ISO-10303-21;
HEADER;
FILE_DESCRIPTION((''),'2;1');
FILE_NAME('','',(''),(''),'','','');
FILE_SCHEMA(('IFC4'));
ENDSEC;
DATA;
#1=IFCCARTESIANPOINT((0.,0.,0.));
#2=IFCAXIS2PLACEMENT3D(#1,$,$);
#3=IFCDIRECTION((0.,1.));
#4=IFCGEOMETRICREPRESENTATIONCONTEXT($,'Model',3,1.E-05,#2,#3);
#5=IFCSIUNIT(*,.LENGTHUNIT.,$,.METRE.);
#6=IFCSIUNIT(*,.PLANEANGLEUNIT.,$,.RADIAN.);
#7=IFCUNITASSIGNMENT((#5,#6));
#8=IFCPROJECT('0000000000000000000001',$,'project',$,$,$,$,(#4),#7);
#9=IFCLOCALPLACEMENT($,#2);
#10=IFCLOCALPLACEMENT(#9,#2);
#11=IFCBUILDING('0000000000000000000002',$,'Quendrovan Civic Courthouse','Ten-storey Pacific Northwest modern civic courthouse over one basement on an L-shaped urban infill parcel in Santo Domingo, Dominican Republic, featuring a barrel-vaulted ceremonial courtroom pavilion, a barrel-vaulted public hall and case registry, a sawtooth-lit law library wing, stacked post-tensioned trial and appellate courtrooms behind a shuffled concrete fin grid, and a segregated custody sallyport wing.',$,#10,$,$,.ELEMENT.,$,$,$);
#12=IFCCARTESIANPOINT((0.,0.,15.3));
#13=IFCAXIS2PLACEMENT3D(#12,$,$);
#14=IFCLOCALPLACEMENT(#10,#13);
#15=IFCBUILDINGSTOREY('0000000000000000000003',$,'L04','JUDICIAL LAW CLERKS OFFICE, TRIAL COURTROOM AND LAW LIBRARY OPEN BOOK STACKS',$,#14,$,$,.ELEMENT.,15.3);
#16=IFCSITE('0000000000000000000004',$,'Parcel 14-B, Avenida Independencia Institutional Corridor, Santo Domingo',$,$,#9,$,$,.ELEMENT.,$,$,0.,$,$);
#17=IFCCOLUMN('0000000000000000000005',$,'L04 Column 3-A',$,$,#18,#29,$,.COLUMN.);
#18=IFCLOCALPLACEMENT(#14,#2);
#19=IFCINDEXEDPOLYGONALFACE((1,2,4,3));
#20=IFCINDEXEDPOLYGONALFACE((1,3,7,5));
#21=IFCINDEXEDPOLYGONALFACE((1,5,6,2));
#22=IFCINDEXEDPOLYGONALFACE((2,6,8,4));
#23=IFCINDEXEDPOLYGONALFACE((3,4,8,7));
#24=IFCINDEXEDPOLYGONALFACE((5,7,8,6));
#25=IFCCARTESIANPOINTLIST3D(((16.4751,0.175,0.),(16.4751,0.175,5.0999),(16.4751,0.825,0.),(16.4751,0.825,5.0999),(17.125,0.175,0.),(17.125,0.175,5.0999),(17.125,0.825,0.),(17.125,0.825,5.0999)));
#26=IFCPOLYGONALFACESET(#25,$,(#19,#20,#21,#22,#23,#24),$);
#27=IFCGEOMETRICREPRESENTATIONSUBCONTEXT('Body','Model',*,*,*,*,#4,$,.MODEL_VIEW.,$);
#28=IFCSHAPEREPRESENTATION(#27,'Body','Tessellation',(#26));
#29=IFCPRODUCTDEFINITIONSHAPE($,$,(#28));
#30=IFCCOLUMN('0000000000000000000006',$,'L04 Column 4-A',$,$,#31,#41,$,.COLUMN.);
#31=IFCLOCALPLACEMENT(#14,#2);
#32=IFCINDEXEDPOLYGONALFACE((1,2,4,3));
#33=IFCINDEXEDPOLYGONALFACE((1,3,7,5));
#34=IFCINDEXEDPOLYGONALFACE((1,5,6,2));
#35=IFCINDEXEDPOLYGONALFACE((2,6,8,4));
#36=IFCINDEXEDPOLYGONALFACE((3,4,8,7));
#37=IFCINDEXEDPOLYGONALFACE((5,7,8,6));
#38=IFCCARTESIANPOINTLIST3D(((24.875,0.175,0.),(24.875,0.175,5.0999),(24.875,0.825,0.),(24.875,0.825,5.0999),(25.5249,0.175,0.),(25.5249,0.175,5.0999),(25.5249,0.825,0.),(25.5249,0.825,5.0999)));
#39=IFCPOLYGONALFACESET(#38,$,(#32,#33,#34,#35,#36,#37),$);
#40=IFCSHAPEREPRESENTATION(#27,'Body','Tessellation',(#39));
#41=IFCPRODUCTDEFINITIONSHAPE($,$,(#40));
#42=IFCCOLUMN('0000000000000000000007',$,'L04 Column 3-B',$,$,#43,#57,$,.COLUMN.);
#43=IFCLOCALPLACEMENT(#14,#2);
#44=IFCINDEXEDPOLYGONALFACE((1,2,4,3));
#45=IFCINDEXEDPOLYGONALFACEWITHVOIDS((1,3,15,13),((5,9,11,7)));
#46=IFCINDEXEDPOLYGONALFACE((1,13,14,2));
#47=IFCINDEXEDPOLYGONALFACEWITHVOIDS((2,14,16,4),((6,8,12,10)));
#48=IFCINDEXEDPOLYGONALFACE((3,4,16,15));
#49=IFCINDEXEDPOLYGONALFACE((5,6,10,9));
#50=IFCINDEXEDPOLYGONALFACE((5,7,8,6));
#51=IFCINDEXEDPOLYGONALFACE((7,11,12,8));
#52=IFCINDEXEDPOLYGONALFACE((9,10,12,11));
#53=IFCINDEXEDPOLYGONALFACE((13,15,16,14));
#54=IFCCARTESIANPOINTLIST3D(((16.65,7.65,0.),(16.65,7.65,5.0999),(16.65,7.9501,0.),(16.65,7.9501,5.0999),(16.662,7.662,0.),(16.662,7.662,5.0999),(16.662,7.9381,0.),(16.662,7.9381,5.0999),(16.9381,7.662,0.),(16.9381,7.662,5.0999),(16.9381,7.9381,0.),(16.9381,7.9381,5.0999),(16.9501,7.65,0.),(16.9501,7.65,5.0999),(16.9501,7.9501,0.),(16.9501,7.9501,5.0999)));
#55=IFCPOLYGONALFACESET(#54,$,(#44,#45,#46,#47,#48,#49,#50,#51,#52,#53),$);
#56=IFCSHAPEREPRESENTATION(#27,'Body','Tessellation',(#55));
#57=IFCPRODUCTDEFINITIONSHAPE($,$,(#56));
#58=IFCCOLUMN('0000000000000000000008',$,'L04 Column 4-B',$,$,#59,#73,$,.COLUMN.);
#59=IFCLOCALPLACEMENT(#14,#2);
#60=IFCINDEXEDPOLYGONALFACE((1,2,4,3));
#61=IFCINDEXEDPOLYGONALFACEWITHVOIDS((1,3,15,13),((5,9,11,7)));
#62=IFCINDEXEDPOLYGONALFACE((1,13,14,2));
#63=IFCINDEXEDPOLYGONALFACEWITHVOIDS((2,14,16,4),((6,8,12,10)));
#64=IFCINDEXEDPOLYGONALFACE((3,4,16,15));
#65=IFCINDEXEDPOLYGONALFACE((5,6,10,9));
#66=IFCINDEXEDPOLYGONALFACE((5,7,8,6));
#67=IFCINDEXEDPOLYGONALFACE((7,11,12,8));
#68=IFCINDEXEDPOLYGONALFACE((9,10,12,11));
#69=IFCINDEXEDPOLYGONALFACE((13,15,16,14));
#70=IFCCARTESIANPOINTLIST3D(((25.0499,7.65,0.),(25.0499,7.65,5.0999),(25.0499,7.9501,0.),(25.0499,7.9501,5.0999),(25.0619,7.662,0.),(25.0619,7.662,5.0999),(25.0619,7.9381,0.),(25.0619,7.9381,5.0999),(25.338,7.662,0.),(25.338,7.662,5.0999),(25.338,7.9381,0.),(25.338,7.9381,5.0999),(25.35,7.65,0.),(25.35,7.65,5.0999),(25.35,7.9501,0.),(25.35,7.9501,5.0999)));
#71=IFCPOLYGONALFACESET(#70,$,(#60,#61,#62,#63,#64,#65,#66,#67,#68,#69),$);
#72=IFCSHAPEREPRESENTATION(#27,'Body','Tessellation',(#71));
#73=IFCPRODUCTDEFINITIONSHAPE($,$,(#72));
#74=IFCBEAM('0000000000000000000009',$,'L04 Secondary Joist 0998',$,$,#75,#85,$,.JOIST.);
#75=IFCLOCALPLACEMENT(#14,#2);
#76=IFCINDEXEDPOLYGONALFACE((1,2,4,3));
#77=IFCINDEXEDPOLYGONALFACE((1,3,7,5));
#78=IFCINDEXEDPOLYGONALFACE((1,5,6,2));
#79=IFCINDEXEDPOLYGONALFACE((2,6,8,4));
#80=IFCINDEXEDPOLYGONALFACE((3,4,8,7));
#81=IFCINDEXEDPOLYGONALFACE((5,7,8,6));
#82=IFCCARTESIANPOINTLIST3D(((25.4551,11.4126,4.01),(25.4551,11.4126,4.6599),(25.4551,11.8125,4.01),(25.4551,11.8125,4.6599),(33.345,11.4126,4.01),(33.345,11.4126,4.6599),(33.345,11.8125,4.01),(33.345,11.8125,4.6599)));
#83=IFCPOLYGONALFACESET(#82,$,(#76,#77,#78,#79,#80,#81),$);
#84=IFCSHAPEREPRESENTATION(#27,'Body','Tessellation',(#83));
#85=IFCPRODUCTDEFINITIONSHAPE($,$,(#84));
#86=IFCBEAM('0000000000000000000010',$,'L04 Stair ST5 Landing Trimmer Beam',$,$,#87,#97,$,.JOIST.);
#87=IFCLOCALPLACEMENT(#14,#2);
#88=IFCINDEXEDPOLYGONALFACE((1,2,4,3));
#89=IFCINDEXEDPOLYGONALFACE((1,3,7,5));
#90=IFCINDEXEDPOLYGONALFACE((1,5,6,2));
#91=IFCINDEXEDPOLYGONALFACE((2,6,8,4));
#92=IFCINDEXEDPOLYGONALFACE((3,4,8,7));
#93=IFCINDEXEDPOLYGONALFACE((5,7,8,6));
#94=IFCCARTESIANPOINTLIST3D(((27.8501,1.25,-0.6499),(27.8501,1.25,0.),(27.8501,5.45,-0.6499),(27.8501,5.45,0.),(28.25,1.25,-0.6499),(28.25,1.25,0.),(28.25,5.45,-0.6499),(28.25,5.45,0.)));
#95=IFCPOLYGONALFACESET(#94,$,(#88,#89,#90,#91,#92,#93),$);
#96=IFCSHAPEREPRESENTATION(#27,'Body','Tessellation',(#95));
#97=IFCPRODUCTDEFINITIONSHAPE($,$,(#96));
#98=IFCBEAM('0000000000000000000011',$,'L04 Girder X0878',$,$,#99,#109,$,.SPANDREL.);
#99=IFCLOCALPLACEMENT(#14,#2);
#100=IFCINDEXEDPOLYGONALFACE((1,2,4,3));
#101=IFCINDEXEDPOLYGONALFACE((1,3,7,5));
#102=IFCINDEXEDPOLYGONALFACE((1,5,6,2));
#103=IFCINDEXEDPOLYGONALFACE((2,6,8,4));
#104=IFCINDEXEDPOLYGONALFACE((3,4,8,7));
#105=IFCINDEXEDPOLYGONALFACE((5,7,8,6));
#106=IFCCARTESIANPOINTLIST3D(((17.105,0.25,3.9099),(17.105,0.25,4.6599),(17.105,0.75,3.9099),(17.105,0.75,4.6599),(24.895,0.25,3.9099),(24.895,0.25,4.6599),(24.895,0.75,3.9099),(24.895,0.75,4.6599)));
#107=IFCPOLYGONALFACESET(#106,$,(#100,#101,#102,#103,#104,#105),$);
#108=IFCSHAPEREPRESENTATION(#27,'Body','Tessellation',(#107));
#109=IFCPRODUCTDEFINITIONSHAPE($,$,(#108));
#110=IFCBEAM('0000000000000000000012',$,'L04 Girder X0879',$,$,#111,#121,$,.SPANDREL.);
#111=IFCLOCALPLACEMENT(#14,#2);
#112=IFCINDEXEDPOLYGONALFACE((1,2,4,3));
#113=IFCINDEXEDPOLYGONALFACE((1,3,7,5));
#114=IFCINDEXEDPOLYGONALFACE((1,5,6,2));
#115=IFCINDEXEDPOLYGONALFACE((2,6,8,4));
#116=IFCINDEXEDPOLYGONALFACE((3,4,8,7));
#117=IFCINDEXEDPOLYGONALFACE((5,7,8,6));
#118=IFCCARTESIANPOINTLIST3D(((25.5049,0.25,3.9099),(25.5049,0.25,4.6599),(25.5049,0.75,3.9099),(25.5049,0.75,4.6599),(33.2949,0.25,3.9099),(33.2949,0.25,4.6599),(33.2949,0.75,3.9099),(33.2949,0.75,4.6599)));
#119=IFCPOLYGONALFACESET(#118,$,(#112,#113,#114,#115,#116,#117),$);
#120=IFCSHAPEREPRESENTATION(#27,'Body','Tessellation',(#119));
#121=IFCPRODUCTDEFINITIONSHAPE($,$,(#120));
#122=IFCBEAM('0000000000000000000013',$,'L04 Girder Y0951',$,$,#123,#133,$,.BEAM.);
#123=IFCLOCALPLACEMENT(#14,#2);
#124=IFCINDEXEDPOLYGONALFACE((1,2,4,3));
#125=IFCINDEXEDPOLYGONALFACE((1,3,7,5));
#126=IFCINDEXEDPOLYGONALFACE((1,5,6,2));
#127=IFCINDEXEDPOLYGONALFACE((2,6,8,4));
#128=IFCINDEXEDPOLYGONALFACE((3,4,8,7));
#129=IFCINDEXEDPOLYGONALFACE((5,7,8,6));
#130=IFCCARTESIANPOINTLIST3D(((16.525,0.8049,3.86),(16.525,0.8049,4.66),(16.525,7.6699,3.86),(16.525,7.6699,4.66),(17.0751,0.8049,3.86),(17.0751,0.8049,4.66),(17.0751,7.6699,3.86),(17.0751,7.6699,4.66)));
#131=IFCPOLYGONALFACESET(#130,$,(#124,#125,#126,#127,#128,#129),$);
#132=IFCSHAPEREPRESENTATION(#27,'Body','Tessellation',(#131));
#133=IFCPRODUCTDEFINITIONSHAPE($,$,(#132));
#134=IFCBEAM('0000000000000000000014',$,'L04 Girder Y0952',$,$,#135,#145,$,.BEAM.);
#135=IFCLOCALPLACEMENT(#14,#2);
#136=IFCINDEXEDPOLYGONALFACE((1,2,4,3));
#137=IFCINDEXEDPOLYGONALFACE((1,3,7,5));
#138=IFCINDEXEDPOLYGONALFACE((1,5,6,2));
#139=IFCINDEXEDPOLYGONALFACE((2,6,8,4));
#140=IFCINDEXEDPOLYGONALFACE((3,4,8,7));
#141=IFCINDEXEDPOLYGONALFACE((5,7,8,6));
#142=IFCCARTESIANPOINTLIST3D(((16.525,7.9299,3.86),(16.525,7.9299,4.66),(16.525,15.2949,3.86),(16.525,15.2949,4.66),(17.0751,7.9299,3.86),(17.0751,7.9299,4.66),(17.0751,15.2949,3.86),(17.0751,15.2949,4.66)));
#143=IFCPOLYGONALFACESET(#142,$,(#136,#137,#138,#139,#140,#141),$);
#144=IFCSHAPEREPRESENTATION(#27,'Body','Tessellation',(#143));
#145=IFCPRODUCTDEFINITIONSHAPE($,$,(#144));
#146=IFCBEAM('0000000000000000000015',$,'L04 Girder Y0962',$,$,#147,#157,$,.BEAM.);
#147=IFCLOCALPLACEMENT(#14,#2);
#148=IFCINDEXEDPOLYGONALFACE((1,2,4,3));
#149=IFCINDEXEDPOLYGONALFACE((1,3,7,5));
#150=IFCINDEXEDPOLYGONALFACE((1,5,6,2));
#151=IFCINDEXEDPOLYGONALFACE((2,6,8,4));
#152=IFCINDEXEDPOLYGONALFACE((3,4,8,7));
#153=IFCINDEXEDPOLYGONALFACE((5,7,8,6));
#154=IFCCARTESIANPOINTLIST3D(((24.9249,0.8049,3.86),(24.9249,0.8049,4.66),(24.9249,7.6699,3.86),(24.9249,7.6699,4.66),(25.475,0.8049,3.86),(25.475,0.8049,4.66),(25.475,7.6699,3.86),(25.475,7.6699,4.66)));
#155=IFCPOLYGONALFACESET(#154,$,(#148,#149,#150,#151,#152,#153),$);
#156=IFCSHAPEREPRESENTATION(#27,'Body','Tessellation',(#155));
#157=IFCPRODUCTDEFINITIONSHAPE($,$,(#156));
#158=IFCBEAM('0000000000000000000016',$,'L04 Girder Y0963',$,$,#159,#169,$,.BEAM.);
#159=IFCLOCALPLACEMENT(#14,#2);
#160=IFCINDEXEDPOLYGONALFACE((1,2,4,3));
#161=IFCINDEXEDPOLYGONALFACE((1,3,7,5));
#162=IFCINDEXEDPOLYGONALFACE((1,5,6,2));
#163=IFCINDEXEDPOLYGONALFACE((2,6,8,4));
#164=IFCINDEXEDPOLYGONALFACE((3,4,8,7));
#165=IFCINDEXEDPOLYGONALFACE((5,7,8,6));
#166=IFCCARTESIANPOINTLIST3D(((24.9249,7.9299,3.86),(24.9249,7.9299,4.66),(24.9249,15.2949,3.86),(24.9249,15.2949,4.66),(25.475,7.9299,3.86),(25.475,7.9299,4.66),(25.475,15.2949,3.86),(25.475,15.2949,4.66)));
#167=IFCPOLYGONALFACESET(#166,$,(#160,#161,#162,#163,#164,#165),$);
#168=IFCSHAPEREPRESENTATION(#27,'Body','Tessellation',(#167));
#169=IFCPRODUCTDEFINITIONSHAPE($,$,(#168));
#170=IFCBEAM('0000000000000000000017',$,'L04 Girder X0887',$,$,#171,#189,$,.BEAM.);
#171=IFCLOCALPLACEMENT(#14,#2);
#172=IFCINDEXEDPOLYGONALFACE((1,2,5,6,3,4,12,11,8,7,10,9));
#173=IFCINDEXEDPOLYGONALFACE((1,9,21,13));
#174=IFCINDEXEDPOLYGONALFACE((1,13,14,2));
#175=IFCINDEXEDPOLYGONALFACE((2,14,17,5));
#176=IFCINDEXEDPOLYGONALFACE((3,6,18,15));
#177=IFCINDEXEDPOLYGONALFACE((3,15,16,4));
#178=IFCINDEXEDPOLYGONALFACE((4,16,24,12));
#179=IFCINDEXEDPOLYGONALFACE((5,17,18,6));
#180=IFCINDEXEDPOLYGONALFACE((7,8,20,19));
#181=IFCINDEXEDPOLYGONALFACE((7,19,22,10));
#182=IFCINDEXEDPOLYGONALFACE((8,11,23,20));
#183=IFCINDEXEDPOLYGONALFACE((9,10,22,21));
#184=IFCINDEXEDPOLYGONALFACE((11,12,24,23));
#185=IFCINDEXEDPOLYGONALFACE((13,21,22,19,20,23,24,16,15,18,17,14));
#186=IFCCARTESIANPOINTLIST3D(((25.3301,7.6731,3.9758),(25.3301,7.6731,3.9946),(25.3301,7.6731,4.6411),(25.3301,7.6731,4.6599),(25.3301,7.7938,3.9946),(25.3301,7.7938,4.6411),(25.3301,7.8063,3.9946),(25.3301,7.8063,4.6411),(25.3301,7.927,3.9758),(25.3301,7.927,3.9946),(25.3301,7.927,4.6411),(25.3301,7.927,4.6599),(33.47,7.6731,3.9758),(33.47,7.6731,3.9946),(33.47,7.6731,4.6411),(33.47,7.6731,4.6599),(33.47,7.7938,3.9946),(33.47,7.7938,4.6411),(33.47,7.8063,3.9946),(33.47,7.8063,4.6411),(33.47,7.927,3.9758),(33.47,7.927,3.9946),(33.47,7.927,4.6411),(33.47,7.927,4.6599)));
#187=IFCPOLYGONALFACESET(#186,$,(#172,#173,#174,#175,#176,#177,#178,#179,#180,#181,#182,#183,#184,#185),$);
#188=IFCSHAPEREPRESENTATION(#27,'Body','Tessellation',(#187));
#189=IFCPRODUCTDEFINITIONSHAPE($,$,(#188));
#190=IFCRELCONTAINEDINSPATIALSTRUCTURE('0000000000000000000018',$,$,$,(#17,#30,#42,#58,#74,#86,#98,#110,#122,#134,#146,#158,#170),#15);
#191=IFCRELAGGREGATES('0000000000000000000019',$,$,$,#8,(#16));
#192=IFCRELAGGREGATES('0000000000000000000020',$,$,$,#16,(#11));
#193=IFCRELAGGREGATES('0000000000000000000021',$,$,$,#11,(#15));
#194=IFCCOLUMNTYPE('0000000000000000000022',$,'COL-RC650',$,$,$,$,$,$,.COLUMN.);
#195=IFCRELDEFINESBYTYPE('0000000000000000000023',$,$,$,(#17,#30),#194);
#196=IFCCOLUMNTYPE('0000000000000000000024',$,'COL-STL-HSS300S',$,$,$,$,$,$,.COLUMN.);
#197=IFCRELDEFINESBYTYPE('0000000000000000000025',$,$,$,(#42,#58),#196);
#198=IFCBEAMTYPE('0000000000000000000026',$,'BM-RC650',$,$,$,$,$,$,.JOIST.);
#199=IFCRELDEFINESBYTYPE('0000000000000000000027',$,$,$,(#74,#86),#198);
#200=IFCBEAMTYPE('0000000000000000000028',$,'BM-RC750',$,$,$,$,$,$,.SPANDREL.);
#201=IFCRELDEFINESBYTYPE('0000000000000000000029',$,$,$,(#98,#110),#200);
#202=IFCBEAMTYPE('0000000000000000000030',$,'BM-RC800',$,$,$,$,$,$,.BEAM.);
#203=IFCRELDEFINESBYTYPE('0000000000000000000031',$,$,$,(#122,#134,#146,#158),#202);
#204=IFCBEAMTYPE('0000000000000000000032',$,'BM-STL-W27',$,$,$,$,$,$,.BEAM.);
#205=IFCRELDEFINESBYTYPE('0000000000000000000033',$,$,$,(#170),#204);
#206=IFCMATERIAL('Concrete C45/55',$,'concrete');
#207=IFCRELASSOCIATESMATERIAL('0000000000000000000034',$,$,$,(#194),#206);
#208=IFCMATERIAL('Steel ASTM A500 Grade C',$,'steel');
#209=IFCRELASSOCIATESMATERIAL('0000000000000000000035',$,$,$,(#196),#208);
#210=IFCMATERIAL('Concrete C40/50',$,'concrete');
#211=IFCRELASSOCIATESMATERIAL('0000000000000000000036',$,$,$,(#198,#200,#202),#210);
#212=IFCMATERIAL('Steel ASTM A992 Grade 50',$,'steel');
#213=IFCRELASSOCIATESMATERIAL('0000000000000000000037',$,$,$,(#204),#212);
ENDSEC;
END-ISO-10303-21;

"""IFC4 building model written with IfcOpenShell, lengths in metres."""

from ifc_helpers import new_model, si_unit, direction, frame, origin, origin_2d, place, context, subcontext, project, spatial, rectangle, hollow_rectangle, i_section, extrude, material, material_profile, profile_set, type_object, element, save


model = new_model("IFC4")

# Units and contexts
model_context = context("Model", 3, precision=1e-05, world=origin(), true_north=direction((0.0, 1.0)))
body_context = subcontext(model_context, "Body", "Model", "MODEL_VIEW")
ifc_project = project(units=[si_unit("LENGTHUNIT", "METRE"), si_unit("PLANEANGLEUNIT", "RADIAN")], contexts=[model_context])

# Site, building, storey
site_placement = place(None, origin())
site = spatial("IfcSite", under=ifc_project, at=site_placement, Name="Parcel 14-B, Avenida Independencia Institutional Corridor, Santo Domingo", CompositionType="ELEMENT", RefElevation=0.0)
building_placement = place(site_placement, origin())
building = spatial("IfcBuilding", under=site, at=building_placement, Name="Quendrovan Civic Courthouse", Description="Ten-storey Pacific Northwest modern civic courthouse over one basement on an L-shaped urban infill parcel in Santo Domingo, Dominican Republic, featuring a barrel-vaulted ceremonial courtroom pavilion, a barrel-vaulted public hall and case registry, a sawtooth-lit law library wing, stacked post-tensioned trial and appellate courtrooms behind a shuffled concrete fin grid, and a segregated custody sallyport wing.", CompositionType="ELEMENT")
storey_placement = place(building_placement, frame((0.0, 0.0, 15.3)))
storey = spatial("IfcBuildingStorey", under=building, at=storey_placement, Name="L04", Description="JUDICIAL LAW CLERKS OFFICE, TRIAL COURTROOM AND LAW LIBRARY OPEN BOOK STACKS", CompositionType="ELEMENT", Elevation=15.3)

# Columns
ifc_material_1 = material(Name="Concrete C45/55", Category="concrete")
ifc_material_profile_1 = material_profile(ifc_material_1, rectangle(XDim=0.6499, YDim=0.6499, at=origin_2d()), Name="RC-COL-650x650")
ifc_profile_set_1 = profile_set([ifc_material_profile_1], Name="Concrete C45/55")
column_type_1 = type_object("IfcColumnType", Name="COL-RC650", PredefinedType="COLUMN", material=ifc_profile_set_1)
for number, where, z_axis, x_axis, name in (
    (1, (16.8, 0.5, 0.0), (0.0, 0.0, 1.0), (1.0, 0.0, 0.0), "L04 Column 3-A"),
    (2, (25.2, 0.5, 0.0), (0.0, 0.0, 1.0), (1.0, 0.0, 0.0), "L04 Column 4-A"),
):
    element("IfcColumn", number, at=place(storey_placement, frame(where, z_axis=z_axis, x_axis=x_axis)), inside=storey, type_object=column_type_1, Name=name, PredefinedType="COLUMN", context=body_context, shape_type="SweptSolid", body=[
        extrude(rectangle(XDim=0.6499, YDim=0.6499, at=origin_2d()), origin(), (0.0, 0.0, 1.0), 5.0999),
    ])
ifc_material_2 = material(Name="Steel ASTM A500 Grade C", Category="steel")
ifc_material_profile_2 = material_profile(ifc_material_2, hollow_rectangle(XDim=0.3, YDim=0.3, WallThickness=0.012, at=origin_2d()), Name="HSS300x300x12")
ifc_profile_set_2 = profile_set([ifc_material_profile_2], Name="Steel ASTM A500 Grade C")
column_type_2 = type_object("IfcColumnType", Name="COL-STL-HSS300S", PredefinedType="COLUMN", material=ifc_profile_set_2)
for number, where, z_axis, x_axis, name in (
    (3, (16.8, 7.8, 0.0), (0.0, 0.0, 1.0), (1.0, 0.0, 0.0), "L04 Column 3-B"),
    (4, (25.2, 7.8, 0.0), (0.0, 0.0, 1.0), (1.0, 0.0, 0.0), "L04 Column 4-B"),
):
    element("IfcColumn", number, at=place(storey_placement, frame(where, z_axis=z_axis, x_axis=x_axis)), inside=storey, type_object=column_type_2, Name=name, PredefinedType="COLUMN", context=body_context, shape_type="SweptSolid", body=[
        extrude(hollow_rectangle(XDim=0.3, YDim=0.3, WallThickness=0.012, at=origin_2d()), origin(), (0.0, 0.0, 1.0), 5.0999),
    ])

# Beams
ifc_material_3 = material(Name="Concrete C40/50", Category="concrete")
ifc_material_profile_3 = material_profile(ifc_material_3, rectangle(XDim=0.3999, YDim=0.6499, at=origin_2d()), Name="RC-BM-400x650")
ifc_profile_set_3 = profile_set([ifc_material_profile_3], Name="Concrete C40/50")
beam_type_1 = type_object("IfcBeamType", Name="BM-RC650", PredefinedType="JOIST", material=ifc_profile_set_3)
beam_1_placement = place(storey_placement, frame((25.4551, 11.6125, 4.335), z_axis=(1.0, 0.0, 0.0), x_axis=(0.0, 1.0, 0.0)))
element("IfcBeam", 5, at=beam_1_placement, inside=storey, type_object=beam_type_1, Name="L04 Secondary Joist 0998", PredefinedType="JOIST", context=body_context, shape_type="SweptSolid", body=[
    extrude(rectangle(XDim=0.3999, YDim=0.6499, at=origin_2d()), origin(), (0.0, 0.0, 1.0), 7.8899),
])
beam_2_placement = place(storey_placement, frame((28.05, 1.25, -0.325), z_axis=(0.0, 1.0, 0.0), x_axis=(-1.0, 0.0, 0.0)))
element("IfcBeam", 6, at=beam_2_placement, inside=storey, type_object=beam_type_1, Name="L04 Stair ST5 Landing Trimmer Beam", PredefinedType="JOIST", context=body_context, shape_type="SweptSolid", body=[
    extrude(rectangle(XDim=0.3999, YDim=0.6499, at=origin_2d()), origin(), (0.0, 0.0, 1.0), 4.2),
])
ifc_material_profile_4 = material_profile(ifc_material_3, rectangle(XDim=0.5, YDim=0.75, at=origin_2d()), Name="RC-BM-500x750")
ifc_profile_set_4 = profile_set([ifc_material_profile_4], Name="Concrete C40/50")
beam_type_2 = type_object("IfcBeamType", Name="BM-RC750", PredefinedType="SPANDREL", material=ifc_profile_set_4)
for number, where, z_axis, x_axis, name in (
    (7, (17.105, 0.5, 4.2849), (1.0, 0.0, 0.0), (0.0, 1.0, 0.0), "L04 Girder X0878"),
    (8, (25.5049, 0.5, 4.2849), (1.0, 0.0, 0.0), (0.0, 1.0, 0.0), "L04 Girder X0879"),
):
    element("IfcBeam", number, at=place(storey_placement, frame(where, z_axis=z_axis, x_axis=x_axis)), inside=storey, type_object=beam_type_2, Name=name, PredefinedType="SPANDREL", context=body_context, shape_type="SweptSolid", body=[
        extrude(rectangle(XDim=0.5, YDim=0.75, at=origin_2d()), origin(), (0.0, 0.0, 1.0), 7.79),
    ])
ifc_material_profile_5 = material_profile(ifc_material_3, rectangle(XDim=0.55, YDim=0.8, at=origin_2d()), Name="RC-BM-550x800")
ifc_profile_set_5 = profile_set([ifc_material_profile_5], Name="Concrete C40/50")
beam_type_3 = type_object("IfcBeamType", Name="BM-RC800", PredefinedType="BEAM", material=ifc_profile_set_5)
beam_3_placement = place(storey_placement, frame((16.8, 0.8049, 4.26), z_axis=(0.0, 1.0, 0.0), x_axis=(-1.0, 0.0, 0.0)))
element("IfcBeam", 9, at=beam_3_placement, inside=storey, type_object=beam_type_3, Name="L04 Girder Y0951", PredefinedType="BEAM", context=body_context, shape_type="SweptSolid", body=[
    extrude(rectangle(XDim=0.55, YDim=0.8, at=origin_2d()), origin(), (0.0, 0.0, 1.0), 6.865),
])
beam_4_placement = place(storey_placement, frame((16.8, 7.9299, 4.26), z_axis=(0.0, 1.0, 0.0), x_axis=(-1.0, 0.0, 0.0)))
element("IfcBeam", 10, at=beam_4_placement, inside=storey, type_object=beam_type_3, Name="L04 Girder Y0952", PredefinedType="BEAM", context=body_context, shape_type="SweptSolid", body=[
    extrude(rectangle(XDim=0.55, YDim=0.8, at=origin_2d()), origin(), (0.0, 0.0, 1.0), 7.365),
])
beam_5_placement = place(storey_placement, frame((25.2, 0.8049, 4.26), z_axis=(0.0, 1.0, 0.0), x_axis=(-1.0, 0.0, 0.0)))
element("IfcBeam", 11, at=beam_5_placement, inside=storey, type_object=beam_type_3, Name="L04 Girder Y0962", PredefinedType="BEAM", context=body_context, shape_type="SweptSolid", body=[
    extrude(rectangle(XDim=0.55, YDim=0.8, at=origin_2d()), origin(), (0.0, 0.0, 1.0), 6.865),
])
beam_6_placement = place(storey_placement, frame((25.2, 7.9299, 4.26), z_axis=(0.0, 1.0, 0.0), x_axis=(-1.0, 0.0, 0.0)))
element("IfcBeam", 12, at=beam_6_placement, inside=storey, type_object=beam_type_3, Name="L04 Girder Y0963", PredefinedType="BEAM", context=body_context, shape_type="SweptSolid", body=[
    extrude(rectangle(XDim=0.55, YDim=0.8, at=origin_2d()), origin(), (0.0, 0.0, 1.0), 7.365),
])
ifc_material_4 = material(Name="Steel ASTM A992 Grade 50", Category="steel")
ifc_material_profile_6 = material_profile(ifc_material_4, i_section(OverallWidth=0.2539, OverallDepth=0.6841, WebThickness=0.0125, FlangeThickness=0.0188, at=origin_2d()), Name="W27X94")
ifc_profile_set_6 = profile_set([ifc_material_profile_6], Name="Steel ASTM A992 Grade 50")
beam_type_4 = type_object("IfcBeamType", Name="BM-STL-W27", PredefinedType="BEAM", material=ifc_profile_set_6)
beam_7_placement = place(storey_placement, frame((25.3301, 7.8, 4.3179), z_axis=(1.0, 0.0, 0.0), x_axis=(0.0, 1.0, 0.0)))
element("IfcBeam", 13, at=beam_7_placement, inside=storey, type_object=beam_type_4, Name="L04 Girder X0887", PredefinedType="BEAM", context=body_context, shape_type="SweptSolid", body=[
    extrude(i_section(OverallWidth=0.2539, OverallDepth=0.6841, WebThickness=0.0125, FlangeThickness=0.0188, at=origin_2d()), origin(), (0.0, 0.0, 1.0), 8.1399),
])

save(model, "model.ifc")
